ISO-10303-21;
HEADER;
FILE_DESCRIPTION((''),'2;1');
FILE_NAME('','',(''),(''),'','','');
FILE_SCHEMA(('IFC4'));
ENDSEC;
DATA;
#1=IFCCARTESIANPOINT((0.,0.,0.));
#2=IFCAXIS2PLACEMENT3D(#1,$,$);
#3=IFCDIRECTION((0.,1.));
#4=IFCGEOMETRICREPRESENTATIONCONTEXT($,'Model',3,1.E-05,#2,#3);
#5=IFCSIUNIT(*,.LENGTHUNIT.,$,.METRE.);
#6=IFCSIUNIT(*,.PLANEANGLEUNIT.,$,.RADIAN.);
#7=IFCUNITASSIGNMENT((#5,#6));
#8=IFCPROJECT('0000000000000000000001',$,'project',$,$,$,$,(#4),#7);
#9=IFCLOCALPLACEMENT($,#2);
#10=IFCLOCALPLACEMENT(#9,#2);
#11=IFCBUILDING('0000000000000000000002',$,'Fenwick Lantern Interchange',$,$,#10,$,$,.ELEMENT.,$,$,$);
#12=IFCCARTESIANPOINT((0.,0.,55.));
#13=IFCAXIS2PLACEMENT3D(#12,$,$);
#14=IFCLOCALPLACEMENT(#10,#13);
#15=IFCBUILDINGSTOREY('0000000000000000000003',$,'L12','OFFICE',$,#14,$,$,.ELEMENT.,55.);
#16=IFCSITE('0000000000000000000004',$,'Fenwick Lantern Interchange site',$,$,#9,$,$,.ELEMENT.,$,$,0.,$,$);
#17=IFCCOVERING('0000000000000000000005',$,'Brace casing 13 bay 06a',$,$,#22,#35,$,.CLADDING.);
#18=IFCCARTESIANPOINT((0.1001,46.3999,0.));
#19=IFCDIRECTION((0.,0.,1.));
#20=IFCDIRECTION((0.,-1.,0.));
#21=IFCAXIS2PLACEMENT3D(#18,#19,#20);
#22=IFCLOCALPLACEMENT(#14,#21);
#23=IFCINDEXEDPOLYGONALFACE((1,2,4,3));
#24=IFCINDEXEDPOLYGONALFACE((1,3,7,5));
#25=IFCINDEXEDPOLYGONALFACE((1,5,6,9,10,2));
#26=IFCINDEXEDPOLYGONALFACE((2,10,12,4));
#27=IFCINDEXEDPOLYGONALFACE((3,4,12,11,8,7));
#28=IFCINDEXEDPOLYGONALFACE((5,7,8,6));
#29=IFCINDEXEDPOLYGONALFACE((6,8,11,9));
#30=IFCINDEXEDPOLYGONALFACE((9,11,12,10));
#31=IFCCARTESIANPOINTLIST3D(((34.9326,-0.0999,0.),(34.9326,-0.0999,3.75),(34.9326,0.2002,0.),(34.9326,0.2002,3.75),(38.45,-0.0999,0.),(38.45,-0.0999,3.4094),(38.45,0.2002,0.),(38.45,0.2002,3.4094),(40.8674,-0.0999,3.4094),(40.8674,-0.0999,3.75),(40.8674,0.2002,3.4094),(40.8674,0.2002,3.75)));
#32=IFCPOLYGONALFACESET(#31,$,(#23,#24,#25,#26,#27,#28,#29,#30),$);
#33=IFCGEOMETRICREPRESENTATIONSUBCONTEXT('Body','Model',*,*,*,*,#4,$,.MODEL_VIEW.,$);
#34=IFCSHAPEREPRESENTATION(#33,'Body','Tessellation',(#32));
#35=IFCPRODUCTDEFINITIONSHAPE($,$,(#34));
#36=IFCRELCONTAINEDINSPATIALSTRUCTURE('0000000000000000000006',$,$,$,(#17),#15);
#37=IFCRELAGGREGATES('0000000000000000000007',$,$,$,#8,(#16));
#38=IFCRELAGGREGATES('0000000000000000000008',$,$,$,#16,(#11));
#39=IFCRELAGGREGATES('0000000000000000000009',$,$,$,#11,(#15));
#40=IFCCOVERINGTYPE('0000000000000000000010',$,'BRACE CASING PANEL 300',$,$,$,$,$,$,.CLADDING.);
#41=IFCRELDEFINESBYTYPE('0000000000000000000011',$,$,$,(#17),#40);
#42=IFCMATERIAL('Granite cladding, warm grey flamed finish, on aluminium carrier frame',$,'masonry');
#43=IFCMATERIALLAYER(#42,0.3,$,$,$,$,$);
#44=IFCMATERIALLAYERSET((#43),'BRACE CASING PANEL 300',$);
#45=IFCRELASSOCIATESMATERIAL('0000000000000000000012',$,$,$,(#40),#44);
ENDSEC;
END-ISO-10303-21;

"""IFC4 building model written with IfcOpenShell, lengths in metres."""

from ifc_helpers import new_model, si_unit, direction, frame, origin, place, context, subcontext, project, spatial, polyline, outline, extrude, material, layer, layer_set, type_object, element, save


model = new_model("IFC4")

# Units and contexts
model_context = context("Model", 3, precision=1e-05, world=origin(), true_north=direction((0.0, 1.0)))
body_context = subcontext(model_context, "Body", "Model", "MODEL_VIEW")
ifc_project = project(units=[si_unit("LENGTHUNIT", "METRE"), si_unit("PLANEANGLEUNIT", "RADIAN")], contexts=[model_context])

# Site, building, storey
site_placement = place(None, origin())
site = spatial("IfcSite", under=ifc_project, at=site_placement, Name="Fenwick Lantern Interchange site", CompositionType="ELEMENT", RefElevation=0.0)
building_placement = place(site_placement, origin())
building = spatial("IfcBuilding", under=site, at=building_placement, Name="Fenwick Lantern Interchange", CompositionType="ELEMENT")
storey_placement = place(building_placement, frame((0.0, 0.0, 55.0)))
storey = spatial("IfcBuildingStorey", under=building, at=storey_placement, Name="L12", Description="OFFICE", CompositionType="ELEMENT", Elevation=55.0)

# Covering
ifc_material_1 = material(Name="Granite cladding, warm grey flamed finish, on aluminium carrier frame", Category="masonry")
ifc_layer_1 = layer(ifc_material_1, 0.3)
ifc_layer_set_1 = layer_set([ifc_layer_1], Name="BRACE CASING PANEL 300")
covering_type = type_object("IfcCoveringType", Name="BRACE CASING PANEL 300", PredefinedType="CLADDING", material=ifc_layer_set_1)
covering_1_placement = place(storey_placement, frame((0.1001, 46.3999, 0.0), z_axis=(0.0, 0.0, 1.0), x_axis=(0.0, -1.0, 0.0)))
element("IfcCovering", 1, at=covering_1_placement, inside=storey, type_object=covering_type, Name="Brace casing 13 bay 06a", PredefinedType="CLADDING", context=body_context, shape_type="SweptSolid", body=[
    extrude(outline(polyline([(34.9326, 0.0), (38.45, 0.0), (38.45, 3.4094), (40.8674, 3.4094), (40.8674, 3.75), (34.9326, 3.75), (34.9326, 0.0)])), frame((0.0, 0.2002, 0.0), z_axis=(0.0, -1.0, 0.0), x_axis=(1.0, 0.0, 0.0)), (0.0, 0.0, 1.0), 0.3),
])

save(model, "model.ifc")
